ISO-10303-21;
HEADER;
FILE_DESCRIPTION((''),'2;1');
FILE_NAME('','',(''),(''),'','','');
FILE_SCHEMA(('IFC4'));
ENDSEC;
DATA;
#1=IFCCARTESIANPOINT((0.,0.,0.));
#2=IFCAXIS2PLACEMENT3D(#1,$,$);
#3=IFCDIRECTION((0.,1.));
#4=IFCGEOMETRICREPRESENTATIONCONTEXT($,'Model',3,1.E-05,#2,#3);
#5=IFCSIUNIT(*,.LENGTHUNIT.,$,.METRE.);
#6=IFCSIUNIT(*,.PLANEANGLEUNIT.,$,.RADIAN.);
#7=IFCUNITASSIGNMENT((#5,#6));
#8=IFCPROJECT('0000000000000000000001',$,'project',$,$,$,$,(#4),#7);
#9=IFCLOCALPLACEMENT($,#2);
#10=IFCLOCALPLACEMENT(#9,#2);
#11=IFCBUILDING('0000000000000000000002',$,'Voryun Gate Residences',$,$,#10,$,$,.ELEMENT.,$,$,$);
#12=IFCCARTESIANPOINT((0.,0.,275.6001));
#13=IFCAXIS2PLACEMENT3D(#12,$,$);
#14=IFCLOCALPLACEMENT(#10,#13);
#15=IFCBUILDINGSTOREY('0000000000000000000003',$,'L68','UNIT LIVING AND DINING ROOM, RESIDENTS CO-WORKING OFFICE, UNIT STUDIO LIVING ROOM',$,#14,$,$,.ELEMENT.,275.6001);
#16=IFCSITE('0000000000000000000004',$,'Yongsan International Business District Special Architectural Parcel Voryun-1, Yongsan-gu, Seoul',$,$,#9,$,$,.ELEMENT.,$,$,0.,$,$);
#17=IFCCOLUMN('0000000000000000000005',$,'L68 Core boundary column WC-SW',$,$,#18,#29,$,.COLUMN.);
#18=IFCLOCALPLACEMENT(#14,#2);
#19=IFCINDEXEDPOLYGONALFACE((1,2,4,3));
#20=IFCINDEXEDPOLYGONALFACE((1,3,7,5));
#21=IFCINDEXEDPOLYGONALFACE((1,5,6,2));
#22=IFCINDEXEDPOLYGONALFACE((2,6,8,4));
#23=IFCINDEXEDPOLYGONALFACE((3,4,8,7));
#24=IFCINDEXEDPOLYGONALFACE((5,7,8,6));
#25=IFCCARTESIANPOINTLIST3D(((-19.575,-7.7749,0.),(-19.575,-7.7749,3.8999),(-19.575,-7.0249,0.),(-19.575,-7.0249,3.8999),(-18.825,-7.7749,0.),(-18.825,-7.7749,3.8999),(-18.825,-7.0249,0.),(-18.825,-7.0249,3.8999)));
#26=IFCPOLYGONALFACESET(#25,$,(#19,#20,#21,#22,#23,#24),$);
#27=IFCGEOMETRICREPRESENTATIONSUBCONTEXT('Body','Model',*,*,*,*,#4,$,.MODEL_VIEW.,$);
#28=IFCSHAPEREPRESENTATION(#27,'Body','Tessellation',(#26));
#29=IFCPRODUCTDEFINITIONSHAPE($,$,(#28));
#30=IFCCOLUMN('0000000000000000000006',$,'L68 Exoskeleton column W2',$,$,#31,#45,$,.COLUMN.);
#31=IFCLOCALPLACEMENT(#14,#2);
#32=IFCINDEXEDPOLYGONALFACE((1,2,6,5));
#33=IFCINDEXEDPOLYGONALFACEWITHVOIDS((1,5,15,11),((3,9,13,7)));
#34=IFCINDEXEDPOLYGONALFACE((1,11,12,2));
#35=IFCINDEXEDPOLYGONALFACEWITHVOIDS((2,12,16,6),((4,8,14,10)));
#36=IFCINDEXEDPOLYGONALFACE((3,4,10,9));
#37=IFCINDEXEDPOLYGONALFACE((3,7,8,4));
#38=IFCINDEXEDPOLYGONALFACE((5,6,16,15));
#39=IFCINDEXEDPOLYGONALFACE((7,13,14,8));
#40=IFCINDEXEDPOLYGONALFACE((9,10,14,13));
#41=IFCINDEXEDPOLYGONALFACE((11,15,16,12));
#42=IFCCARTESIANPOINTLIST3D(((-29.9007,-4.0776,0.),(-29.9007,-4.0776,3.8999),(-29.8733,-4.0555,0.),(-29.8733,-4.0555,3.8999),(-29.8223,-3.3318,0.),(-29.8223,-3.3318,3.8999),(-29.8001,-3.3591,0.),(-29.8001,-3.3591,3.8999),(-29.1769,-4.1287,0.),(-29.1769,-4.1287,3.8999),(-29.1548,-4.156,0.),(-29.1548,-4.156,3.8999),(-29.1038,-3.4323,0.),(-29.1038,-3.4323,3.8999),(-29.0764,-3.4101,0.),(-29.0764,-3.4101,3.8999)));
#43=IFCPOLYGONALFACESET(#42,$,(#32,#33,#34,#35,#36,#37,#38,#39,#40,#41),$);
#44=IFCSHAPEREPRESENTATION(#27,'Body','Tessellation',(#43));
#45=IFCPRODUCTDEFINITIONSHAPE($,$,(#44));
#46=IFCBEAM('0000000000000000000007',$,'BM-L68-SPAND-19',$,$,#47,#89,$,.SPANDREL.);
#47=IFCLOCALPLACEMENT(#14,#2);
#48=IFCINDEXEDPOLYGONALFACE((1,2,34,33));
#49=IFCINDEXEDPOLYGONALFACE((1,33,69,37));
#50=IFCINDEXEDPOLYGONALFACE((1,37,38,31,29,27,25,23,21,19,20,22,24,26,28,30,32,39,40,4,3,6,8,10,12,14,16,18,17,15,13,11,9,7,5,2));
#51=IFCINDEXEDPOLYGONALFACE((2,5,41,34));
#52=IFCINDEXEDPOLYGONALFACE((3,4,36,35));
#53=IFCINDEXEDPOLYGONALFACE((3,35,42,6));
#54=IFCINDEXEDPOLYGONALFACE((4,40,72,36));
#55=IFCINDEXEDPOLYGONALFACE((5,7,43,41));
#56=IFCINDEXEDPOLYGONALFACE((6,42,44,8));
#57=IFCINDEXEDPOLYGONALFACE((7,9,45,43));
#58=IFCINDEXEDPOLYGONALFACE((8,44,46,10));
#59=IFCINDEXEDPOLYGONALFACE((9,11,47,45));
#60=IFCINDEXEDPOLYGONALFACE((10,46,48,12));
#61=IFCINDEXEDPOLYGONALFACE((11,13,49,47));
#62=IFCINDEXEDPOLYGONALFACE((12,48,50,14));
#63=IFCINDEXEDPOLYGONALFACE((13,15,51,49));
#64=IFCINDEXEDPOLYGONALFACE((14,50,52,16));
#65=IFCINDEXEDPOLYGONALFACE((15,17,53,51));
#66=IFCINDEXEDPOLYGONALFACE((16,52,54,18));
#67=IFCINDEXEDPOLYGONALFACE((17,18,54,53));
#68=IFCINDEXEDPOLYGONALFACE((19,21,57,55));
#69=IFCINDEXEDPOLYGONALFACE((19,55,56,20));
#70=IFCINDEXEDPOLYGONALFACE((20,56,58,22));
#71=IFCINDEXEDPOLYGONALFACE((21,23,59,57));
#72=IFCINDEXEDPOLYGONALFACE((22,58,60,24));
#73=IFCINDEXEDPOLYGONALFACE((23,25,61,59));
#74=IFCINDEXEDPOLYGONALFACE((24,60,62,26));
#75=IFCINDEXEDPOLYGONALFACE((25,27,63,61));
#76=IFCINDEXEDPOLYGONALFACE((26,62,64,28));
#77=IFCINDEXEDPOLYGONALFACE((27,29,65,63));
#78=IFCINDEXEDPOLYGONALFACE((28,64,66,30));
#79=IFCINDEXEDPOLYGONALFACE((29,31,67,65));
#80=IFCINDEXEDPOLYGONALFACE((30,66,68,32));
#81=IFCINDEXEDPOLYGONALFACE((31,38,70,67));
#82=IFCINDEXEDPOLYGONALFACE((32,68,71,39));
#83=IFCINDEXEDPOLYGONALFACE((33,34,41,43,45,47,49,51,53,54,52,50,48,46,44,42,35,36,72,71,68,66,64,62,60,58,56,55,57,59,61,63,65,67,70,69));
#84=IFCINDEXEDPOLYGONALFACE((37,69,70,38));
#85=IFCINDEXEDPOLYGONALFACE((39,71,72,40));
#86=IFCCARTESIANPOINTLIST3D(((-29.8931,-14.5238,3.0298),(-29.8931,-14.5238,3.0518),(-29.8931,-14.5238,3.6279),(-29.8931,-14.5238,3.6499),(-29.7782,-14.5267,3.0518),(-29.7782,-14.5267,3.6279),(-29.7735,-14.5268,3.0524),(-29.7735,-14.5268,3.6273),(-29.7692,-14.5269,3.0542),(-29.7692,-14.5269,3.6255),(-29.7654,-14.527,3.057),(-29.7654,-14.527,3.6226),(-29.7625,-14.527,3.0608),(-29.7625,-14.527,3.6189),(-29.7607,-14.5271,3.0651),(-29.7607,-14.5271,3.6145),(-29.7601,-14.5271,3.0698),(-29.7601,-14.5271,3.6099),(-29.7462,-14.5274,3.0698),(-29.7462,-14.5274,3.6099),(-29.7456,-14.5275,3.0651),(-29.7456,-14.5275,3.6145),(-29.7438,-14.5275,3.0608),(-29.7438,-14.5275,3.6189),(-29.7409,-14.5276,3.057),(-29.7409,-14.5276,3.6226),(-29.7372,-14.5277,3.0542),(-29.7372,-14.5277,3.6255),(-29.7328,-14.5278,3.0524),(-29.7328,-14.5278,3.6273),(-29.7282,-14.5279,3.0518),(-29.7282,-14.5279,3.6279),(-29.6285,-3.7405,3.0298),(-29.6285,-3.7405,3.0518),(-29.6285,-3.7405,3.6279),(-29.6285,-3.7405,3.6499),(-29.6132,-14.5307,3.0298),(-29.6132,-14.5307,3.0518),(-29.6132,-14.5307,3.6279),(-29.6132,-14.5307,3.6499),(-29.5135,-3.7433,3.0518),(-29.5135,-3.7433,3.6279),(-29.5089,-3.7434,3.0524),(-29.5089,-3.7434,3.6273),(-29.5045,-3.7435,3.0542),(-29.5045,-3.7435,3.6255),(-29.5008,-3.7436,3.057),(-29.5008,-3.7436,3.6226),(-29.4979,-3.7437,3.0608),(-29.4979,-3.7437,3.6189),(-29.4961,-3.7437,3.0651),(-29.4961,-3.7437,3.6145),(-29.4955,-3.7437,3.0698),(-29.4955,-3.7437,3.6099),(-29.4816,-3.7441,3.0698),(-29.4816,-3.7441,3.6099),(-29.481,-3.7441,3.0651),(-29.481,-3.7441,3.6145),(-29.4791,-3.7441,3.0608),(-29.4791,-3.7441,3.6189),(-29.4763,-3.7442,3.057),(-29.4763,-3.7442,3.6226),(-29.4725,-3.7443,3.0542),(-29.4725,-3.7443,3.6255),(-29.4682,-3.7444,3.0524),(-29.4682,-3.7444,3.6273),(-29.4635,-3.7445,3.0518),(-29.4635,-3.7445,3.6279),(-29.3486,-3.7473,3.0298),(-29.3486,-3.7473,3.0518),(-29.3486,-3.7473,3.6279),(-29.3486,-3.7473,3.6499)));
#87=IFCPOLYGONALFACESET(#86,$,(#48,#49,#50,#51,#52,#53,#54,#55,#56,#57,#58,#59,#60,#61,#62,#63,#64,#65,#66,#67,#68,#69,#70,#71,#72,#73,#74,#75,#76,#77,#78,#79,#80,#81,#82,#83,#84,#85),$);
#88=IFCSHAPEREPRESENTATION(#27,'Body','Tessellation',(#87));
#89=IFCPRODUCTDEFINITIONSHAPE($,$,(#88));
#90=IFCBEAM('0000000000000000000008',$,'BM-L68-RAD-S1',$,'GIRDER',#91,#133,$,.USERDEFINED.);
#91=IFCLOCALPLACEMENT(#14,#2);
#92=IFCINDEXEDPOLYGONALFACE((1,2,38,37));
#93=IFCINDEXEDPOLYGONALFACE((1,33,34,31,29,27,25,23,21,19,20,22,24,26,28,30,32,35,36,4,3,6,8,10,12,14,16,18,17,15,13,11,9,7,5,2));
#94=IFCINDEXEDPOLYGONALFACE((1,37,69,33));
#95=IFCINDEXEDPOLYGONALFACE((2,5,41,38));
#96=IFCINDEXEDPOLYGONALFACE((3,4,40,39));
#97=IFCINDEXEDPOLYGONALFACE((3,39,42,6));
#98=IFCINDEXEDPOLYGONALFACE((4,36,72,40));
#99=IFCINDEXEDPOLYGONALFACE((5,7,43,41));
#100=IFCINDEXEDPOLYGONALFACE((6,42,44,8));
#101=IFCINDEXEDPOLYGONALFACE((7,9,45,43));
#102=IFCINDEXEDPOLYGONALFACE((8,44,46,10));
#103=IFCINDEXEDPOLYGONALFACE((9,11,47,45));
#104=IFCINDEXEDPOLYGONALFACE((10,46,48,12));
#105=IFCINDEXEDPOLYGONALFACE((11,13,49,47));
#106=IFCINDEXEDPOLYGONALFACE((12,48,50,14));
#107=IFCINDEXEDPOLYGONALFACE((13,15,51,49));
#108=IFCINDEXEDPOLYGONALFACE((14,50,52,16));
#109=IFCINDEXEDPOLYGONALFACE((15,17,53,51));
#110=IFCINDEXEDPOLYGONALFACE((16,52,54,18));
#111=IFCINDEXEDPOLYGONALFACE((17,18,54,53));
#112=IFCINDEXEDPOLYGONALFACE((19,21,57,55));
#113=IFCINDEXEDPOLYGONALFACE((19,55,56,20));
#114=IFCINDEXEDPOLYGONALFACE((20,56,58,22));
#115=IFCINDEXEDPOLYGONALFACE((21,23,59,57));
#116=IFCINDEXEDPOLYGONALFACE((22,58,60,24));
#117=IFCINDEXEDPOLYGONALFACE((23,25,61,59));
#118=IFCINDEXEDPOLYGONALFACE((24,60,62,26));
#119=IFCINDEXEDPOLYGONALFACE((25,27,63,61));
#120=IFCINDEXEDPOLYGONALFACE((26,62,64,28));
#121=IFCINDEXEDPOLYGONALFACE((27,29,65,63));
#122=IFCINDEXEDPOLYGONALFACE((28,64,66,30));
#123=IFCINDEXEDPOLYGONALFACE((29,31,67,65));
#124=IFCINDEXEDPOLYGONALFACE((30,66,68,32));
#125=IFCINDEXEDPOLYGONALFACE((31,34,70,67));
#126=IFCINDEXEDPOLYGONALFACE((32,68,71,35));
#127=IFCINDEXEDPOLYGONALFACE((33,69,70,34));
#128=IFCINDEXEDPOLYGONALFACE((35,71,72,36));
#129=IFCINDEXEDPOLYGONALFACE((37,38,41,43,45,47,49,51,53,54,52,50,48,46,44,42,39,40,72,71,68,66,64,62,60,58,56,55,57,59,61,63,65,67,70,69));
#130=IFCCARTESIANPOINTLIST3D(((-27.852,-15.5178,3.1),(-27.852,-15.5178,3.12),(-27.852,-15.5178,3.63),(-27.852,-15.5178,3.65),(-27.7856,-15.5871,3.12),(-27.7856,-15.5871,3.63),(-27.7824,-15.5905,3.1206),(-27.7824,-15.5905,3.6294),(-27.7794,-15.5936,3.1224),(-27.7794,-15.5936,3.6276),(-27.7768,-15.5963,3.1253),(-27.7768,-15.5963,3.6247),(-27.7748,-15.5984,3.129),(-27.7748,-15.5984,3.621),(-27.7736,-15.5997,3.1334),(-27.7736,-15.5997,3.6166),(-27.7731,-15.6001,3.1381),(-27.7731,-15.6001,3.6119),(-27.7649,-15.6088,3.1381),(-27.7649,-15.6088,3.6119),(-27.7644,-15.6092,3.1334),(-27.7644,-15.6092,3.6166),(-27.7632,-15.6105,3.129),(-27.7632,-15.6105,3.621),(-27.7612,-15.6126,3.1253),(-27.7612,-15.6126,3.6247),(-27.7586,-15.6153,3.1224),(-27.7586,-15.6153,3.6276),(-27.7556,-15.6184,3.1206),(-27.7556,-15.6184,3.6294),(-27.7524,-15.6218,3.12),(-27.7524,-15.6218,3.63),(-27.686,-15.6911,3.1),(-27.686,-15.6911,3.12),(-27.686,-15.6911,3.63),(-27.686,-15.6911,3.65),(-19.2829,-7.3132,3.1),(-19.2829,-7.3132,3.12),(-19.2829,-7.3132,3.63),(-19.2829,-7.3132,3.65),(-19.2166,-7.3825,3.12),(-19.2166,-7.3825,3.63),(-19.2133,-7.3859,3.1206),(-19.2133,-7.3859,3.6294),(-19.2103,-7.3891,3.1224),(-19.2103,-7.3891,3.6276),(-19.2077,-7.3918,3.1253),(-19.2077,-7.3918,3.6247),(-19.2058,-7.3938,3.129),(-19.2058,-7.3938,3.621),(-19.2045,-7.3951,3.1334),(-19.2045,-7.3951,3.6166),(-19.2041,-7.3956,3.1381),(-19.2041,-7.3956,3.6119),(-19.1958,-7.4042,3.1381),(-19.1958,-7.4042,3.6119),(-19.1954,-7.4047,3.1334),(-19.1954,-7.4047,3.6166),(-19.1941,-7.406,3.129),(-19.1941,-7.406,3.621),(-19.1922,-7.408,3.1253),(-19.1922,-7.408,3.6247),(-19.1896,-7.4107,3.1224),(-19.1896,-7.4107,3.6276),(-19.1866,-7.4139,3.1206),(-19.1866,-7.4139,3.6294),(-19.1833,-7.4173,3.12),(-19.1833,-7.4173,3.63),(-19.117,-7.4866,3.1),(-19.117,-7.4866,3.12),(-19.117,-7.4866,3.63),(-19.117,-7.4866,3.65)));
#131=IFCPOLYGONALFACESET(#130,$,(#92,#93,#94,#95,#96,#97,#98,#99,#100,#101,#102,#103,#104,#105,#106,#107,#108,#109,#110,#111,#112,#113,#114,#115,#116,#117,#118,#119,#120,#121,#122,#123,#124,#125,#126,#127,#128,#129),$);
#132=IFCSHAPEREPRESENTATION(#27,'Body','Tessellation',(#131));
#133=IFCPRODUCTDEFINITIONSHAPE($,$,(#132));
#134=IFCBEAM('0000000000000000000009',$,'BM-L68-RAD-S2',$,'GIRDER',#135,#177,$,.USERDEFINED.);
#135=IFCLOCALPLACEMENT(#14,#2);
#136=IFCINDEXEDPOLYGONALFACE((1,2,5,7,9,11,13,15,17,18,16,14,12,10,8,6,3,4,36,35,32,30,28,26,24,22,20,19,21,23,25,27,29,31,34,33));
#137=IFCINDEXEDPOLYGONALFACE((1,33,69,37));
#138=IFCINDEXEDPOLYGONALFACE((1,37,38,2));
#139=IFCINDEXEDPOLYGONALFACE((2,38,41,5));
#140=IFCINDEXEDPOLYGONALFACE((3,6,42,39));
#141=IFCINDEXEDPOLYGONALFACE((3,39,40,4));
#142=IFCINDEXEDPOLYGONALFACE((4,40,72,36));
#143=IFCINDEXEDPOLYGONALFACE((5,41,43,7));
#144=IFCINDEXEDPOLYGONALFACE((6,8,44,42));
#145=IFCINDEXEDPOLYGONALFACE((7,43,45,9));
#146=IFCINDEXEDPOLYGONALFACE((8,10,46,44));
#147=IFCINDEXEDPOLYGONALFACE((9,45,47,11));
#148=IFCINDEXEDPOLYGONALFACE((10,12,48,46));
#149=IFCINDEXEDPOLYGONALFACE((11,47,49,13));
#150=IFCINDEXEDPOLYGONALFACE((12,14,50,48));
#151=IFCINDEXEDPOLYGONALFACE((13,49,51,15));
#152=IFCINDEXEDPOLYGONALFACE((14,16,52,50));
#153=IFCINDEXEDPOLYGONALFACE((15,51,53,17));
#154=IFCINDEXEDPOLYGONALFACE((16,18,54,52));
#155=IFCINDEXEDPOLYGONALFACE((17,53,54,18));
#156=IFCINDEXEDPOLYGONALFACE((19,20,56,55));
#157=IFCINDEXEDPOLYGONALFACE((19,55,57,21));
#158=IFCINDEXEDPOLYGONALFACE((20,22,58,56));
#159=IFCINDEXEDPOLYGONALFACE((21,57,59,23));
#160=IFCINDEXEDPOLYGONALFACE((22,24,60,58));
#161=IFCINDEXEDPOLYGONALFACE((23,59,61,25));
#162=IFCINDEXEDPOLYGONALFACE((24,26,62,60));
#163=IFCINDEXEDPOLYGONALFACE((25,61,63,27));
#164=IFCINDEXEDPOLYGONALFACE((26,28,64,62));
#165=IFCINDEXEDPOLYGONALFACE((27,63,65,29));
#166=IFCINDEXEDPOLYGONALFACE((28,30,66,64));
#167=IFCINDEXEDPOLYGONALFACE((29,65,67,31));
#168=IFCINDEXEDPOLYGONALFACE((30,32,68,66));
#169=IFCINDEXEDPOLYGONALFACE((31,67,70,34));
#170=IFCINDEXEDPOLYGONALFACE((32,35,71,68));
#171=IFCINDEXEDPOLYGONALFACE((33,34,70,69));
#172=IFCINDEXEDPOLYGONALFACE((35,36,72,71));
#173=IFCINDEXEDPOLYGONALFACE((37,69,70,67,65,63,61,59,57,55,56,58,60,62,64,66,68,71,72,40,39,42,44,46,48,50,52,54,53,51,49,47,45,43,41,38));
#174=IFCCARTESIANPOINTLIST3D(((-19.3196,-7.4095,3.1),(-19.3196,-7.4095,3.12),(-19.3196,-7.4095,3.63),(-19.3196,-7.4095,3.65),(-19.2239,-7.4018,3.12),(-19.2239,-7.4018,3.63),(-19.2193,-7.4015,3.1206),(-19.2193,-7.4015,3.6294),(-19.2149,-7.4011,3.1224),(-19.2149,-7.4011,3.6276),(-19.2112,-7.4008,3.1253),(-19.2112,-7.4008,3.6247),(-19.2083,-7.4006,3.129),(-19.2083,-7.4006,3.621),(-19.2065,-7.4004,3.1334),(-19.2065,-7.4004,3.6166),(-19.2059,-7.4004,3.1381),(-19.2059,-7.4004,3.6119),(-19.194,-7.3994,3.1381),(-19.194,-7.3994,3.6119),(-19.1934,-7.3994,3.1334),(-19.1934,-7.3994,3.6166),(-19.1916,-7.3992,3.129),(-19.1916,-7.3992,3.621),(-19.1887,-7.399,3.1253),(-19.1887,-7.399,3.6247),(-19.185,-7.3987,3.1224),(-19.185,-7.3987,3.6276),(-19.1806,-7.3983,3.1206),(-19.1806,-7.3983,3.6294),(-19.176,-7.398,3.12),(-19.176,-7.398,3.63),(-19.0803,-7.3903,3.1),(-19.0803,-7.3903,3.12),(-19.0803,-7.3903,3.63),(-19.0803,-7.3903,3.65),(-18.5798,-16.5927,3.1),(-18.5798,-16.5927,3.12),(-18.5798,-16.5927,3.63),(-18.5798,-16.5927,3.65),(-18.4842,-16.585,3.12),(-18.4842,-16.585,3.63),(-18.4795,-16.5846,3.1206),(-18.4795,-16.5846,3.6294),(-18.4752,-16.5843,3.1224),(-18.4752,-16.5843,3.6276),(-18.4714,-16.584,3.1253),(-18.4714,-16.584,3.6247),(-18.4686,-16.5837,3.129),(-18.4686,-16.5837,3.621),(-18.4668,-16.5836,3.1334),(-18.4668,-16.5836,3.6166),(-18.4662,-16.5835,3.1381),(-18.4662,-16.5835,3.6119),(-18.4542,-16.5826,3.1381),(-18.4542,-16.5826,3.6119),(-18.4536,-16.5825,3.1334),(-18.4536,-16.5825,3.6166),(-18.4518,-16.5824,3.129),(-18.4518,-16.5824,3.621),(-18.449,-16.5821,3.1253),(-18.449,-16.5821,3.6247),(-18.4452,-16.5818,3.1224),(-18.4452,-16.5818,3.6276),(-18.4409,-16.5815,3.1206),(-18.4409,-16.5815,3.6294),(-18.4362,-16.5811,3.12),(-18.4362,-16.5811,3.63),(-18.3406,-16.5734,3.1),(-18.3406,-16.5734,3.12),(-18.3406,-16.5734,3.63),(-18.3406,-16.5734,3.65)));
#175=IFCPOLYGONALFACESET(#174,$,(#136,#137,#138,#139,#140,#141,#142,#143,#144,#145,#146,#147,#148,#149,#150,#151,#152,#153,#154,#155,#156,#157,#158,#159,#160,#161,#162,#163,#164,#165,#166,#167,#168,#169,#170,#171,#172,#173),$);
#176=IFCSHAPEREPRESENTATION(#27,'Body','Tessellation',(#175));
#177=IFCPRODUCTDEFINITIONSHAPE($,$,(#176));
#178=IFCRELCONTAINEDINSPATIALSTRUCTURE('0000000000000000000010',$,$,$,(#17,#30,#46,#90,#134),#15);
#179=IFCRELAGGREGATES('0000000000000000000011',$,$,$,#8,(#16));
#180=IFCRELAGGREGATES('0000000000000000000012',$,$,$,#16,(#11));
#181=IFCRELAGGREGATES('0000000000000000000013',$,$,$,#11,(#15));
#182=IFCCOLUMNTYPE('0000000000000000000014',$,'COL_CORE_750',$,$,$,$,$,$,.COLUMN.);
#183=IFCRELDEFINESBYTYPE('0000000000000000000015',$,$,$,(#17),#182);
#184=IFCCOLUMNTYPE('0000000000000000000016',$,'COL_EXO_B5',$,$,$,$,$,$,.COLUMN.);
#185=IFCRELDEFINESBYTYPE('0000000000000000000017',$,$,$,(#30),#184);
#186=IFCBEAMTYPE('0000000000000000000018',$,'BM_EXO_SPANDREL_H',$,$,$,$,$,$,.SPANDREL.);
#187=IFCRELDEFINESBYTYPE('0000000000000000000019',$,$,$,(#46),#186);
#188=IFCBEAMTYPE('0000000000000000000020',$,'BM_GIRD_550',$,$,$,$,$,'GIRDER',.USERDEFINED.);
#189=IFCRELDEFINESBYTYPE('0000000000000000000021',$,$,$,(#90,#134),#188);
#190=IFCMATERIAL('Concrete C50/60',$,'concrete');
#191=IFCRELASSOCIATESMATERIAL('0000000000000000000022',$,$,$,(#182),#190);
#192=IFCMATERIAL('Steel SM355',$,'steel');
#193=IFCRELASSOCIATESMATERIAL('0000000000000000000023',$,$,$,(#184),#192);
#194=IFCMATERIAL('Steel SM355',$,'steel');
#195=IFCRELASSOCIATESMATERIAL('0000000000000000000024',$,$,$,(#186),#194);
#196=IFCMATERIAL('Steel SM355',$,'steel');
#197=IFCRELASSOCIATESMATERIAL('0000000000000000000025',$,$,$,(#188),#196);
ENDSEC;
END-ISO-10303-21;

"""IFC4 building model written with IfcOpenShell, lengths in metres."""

from ifc_helpers import new_model, si_unit, direction, frame, origin, origin_2d, place, context, subcontext, project, spatial, rectangle, hollow_rectangle, i_section, extrude, material, material_profile, profile_set, type_object, element, save


model = new_model("IFC4")

# Units and contexts
model_context = context("Model", 3, precision=1e-05, world=origin(), true_north=direction((0.0, 1.0)))
body_context = subcontext(model_context, "Body", "Model", "MODEL_VIEW")
ifc_project = project(units=[si_unit("LENGTHUNIT", "METRE"), si_unit("PLANEANGLEUNIT", "RADIAN")], contexts=[model_context])

# Site, building, storey
site_placement = place(None, origin())
site = spatial("IfcSite", under=ifc_project, at=site_placement, Name="Yongsan International Business District Special Architectural Parcel Voryun-1, Yongsan-gu, Seoul", CompositionType="ELEMENT", RefElevation=0.0)
building_placement = place(site_placement, origin())
building = spatial("IfcBuilding", under=site, at=building_placement, Name="Voryun Gate Residences", CompositionType="ELEMENT")
storey_placement = place(building_placement, frame((0.0, 0.0, 275.6001)))
storey = spatial("IfcBuildingStorey", under=building, at=storey_placement, Name="L68", Description="UNIT LIVING AND DINING ROOM, RESIDENTS CO-WORKING OFFICE, UNIT STUDIO LIVING ROOM", CompositionType="ELEMENT", Elevation=275.6001)

# Columns
ifc_material_1 = material(Name="Concrete C50/60", Category="concrete")
ifc_material_profile_1 = material_profile(ifc_material_1, rectangle(XDim=0.75, YDim=0.75, at=origin_2d()), Name="RC-750x750")
ifc_profile_set_1 = profile_set([ifc_material_profile_1], Name="Concrete C50/60")
column_type_1 = type_object("IfcColumnType", Name="COL_CORE_750", PredefinedType="COLUMN", material=ifc_profile_set_1)
column_1_placement = place(storey_placement, frame((-19.2, -7.3999, 0.0), z_axis=(0.0, 0.0, 1.0), x_axis=(1.0, 0.0, 0.0)))
element("IfcColumn", 1, at=column_1_placement, inside=storey, type_object=column_type_1, Name="L68 Core boundary column WC-SW", PredefinedType="COLUMN", context=body_context, shape_type="SweptSolid", body=[
    extrude(rectangle(XDim=0.75, YDim=0.75, at=origin_2d()), origin(), (0.0, 0.0, 1.0), 3.8999),
])
ifc_material_2 = material(Name="Steel SM355", Category="steel")
ifc_material_profile_2 = material_profile(ifc_material_2, hollow_rectangle(XDim=0.75, YDim=0.75, WallThickness=0.0249, at=origin_2d()), Name="BOX-750x750x25")
ifc_profile_set_2 = profile_set([ifc_material_profile_2], Name="Steel SM355")
column_type_2 = type_object("IfcColumnType", Name="COL_EXO_B5", PredefinedType="COLUMN", material=ifc_profile_set_2)
column_2_placement = place(storey_placement, frame((-29.4885, -3.7439, 0.0), z_axis=(0.0, 0.0, 1.0), x_axis=(0.994522, -0.104528, 0.0)))
element("IfcColumn", 2, at=column_2_placement, inside=storey, type_object=column_type_2, Name="L68 Exoskeleton column W2", PredefinedType="COLUMN", context=body_context, shape_type="SweptSolid", body=[
    extrude(hollow_rectangle(XDim=0.75, YDim=0.75, WallThickness=0.0249, at=origin_2d()), origin(), (0.0, 0.0, 1.0), 3.8999),
])

# Beams
ifc_material_3 = material(Name="Steel SM355", Category="steel")
ifc_material_profile_3 = material_profile(ifc_material_3, i_section(OverallWidth=0.28, OverallDepth=0.6201, WebThickness=0.0139, FlangeThickness=0.022, FilletRadius=0.0181, at=origin_2d()), Name="H-620x280x14x22")
ifc_profile_set_3 = profile_set([ifc_material_profile_3], Name="Steel SM355")
beam_type_1 = type_object("IfcBeamType", Name="BM_EXO_SPANDREL_H", PredefinedType="SPANDREL", material=ifc_profile_set_3)
beam_1_placement = place(storey_placement, frame((-29.4885, -3.7439, 3.3398), z_axis=(-0.024535, -0.999699, 0.0), x_axis=(0.999699, -0.024535, 0.0)))
element("IfcBeam", 3, at=beam_1_placement, inside=storey, type_object=beam_type_1, Name="BM-L68-SPAND-19", PredefinedType="SPANDREL", context=body_context, shape_type="SweptSolid", body=[
    extrude(i_section(OverallWidth=0.28, OverallDepth=0.6201, WebThickness=0.0139, FlangeThickness=0.022, FilletRadius=0.0181, at=origin_2d()), origin(), (0.0, 0.0, 1.0), 10.7866),
])
ifc_material_4 = material(Name="Steel SM355", Category="steel")
ifc_material_profile_4 = material_profile(ifc_material_4, i_section(OverallWidth=0.24, OverallDepth=0.55, WebThickness=0.012, FlangeThickness=0.02, FilletRadius=0.0181, at=origin_2d()), Name="H-550x240x12x20")
ifc_profile_set_4 = profile_set([ifc_material_profile_4], Name="Steel SM355")
beam_type_2 = type_object("IfcBeamType", Name="BM_GIRD_550", ElementType="GIRDER", PredefinedType="USERDEFINED", material=ifc_profile_set_4)
beam_2_placement = place(storey_placement, frame((-19.2, -7.3999, 3.375), z_axis=(-0.722302, -0.691578, 0.0), x_axis=(0.691578, -0.722302, 0.0)))
element("IfcBeam", 4, at=beam_2_placement, inside=storey, type_object=beam_type_2, Name="BM-L68-RAD-S1", ObjectType="GIRDER", PredefinedType="USERDEFINED", context=body_context, shape_type="SweptSolid", body=[
    extrude(i_section(OverallWidth=0.24, OverallDepth=0.55, WebThickness=0.012, FlangeThickness=0.02, FilletRadius=0.0181, at=origin_2d()), origin(), (0.0, 0.0, 1.0), 11.8635),
])
beam_3_placement = place(storey_placement, frame((-19.2, -7.3999, 3.375), z_axis=(0.080295, -0.996771, 0.0), x_axis=(0.996771, 0.080295, 0.0)))
element("IfcBeam", 5, at=beam_3_placement, inside=storey, type_object=beam_type_2, Name="BM-L68-RAD-S2", ObjectType="GIRDER", PredefinedType="USERDEFINED", context=body_context, shape_type="SweptSolid", body=[
    extrude(i_section(OverallWidth=0.24, OverallDepth=0.55, WebThickness=0.012, FlangeThickness=0.02, FilletRadius=0.0181, at=origin_2d()), origin(), (0.0, 0.0, 1.0), 9.2129),
])

save(model, "model.ifc")
